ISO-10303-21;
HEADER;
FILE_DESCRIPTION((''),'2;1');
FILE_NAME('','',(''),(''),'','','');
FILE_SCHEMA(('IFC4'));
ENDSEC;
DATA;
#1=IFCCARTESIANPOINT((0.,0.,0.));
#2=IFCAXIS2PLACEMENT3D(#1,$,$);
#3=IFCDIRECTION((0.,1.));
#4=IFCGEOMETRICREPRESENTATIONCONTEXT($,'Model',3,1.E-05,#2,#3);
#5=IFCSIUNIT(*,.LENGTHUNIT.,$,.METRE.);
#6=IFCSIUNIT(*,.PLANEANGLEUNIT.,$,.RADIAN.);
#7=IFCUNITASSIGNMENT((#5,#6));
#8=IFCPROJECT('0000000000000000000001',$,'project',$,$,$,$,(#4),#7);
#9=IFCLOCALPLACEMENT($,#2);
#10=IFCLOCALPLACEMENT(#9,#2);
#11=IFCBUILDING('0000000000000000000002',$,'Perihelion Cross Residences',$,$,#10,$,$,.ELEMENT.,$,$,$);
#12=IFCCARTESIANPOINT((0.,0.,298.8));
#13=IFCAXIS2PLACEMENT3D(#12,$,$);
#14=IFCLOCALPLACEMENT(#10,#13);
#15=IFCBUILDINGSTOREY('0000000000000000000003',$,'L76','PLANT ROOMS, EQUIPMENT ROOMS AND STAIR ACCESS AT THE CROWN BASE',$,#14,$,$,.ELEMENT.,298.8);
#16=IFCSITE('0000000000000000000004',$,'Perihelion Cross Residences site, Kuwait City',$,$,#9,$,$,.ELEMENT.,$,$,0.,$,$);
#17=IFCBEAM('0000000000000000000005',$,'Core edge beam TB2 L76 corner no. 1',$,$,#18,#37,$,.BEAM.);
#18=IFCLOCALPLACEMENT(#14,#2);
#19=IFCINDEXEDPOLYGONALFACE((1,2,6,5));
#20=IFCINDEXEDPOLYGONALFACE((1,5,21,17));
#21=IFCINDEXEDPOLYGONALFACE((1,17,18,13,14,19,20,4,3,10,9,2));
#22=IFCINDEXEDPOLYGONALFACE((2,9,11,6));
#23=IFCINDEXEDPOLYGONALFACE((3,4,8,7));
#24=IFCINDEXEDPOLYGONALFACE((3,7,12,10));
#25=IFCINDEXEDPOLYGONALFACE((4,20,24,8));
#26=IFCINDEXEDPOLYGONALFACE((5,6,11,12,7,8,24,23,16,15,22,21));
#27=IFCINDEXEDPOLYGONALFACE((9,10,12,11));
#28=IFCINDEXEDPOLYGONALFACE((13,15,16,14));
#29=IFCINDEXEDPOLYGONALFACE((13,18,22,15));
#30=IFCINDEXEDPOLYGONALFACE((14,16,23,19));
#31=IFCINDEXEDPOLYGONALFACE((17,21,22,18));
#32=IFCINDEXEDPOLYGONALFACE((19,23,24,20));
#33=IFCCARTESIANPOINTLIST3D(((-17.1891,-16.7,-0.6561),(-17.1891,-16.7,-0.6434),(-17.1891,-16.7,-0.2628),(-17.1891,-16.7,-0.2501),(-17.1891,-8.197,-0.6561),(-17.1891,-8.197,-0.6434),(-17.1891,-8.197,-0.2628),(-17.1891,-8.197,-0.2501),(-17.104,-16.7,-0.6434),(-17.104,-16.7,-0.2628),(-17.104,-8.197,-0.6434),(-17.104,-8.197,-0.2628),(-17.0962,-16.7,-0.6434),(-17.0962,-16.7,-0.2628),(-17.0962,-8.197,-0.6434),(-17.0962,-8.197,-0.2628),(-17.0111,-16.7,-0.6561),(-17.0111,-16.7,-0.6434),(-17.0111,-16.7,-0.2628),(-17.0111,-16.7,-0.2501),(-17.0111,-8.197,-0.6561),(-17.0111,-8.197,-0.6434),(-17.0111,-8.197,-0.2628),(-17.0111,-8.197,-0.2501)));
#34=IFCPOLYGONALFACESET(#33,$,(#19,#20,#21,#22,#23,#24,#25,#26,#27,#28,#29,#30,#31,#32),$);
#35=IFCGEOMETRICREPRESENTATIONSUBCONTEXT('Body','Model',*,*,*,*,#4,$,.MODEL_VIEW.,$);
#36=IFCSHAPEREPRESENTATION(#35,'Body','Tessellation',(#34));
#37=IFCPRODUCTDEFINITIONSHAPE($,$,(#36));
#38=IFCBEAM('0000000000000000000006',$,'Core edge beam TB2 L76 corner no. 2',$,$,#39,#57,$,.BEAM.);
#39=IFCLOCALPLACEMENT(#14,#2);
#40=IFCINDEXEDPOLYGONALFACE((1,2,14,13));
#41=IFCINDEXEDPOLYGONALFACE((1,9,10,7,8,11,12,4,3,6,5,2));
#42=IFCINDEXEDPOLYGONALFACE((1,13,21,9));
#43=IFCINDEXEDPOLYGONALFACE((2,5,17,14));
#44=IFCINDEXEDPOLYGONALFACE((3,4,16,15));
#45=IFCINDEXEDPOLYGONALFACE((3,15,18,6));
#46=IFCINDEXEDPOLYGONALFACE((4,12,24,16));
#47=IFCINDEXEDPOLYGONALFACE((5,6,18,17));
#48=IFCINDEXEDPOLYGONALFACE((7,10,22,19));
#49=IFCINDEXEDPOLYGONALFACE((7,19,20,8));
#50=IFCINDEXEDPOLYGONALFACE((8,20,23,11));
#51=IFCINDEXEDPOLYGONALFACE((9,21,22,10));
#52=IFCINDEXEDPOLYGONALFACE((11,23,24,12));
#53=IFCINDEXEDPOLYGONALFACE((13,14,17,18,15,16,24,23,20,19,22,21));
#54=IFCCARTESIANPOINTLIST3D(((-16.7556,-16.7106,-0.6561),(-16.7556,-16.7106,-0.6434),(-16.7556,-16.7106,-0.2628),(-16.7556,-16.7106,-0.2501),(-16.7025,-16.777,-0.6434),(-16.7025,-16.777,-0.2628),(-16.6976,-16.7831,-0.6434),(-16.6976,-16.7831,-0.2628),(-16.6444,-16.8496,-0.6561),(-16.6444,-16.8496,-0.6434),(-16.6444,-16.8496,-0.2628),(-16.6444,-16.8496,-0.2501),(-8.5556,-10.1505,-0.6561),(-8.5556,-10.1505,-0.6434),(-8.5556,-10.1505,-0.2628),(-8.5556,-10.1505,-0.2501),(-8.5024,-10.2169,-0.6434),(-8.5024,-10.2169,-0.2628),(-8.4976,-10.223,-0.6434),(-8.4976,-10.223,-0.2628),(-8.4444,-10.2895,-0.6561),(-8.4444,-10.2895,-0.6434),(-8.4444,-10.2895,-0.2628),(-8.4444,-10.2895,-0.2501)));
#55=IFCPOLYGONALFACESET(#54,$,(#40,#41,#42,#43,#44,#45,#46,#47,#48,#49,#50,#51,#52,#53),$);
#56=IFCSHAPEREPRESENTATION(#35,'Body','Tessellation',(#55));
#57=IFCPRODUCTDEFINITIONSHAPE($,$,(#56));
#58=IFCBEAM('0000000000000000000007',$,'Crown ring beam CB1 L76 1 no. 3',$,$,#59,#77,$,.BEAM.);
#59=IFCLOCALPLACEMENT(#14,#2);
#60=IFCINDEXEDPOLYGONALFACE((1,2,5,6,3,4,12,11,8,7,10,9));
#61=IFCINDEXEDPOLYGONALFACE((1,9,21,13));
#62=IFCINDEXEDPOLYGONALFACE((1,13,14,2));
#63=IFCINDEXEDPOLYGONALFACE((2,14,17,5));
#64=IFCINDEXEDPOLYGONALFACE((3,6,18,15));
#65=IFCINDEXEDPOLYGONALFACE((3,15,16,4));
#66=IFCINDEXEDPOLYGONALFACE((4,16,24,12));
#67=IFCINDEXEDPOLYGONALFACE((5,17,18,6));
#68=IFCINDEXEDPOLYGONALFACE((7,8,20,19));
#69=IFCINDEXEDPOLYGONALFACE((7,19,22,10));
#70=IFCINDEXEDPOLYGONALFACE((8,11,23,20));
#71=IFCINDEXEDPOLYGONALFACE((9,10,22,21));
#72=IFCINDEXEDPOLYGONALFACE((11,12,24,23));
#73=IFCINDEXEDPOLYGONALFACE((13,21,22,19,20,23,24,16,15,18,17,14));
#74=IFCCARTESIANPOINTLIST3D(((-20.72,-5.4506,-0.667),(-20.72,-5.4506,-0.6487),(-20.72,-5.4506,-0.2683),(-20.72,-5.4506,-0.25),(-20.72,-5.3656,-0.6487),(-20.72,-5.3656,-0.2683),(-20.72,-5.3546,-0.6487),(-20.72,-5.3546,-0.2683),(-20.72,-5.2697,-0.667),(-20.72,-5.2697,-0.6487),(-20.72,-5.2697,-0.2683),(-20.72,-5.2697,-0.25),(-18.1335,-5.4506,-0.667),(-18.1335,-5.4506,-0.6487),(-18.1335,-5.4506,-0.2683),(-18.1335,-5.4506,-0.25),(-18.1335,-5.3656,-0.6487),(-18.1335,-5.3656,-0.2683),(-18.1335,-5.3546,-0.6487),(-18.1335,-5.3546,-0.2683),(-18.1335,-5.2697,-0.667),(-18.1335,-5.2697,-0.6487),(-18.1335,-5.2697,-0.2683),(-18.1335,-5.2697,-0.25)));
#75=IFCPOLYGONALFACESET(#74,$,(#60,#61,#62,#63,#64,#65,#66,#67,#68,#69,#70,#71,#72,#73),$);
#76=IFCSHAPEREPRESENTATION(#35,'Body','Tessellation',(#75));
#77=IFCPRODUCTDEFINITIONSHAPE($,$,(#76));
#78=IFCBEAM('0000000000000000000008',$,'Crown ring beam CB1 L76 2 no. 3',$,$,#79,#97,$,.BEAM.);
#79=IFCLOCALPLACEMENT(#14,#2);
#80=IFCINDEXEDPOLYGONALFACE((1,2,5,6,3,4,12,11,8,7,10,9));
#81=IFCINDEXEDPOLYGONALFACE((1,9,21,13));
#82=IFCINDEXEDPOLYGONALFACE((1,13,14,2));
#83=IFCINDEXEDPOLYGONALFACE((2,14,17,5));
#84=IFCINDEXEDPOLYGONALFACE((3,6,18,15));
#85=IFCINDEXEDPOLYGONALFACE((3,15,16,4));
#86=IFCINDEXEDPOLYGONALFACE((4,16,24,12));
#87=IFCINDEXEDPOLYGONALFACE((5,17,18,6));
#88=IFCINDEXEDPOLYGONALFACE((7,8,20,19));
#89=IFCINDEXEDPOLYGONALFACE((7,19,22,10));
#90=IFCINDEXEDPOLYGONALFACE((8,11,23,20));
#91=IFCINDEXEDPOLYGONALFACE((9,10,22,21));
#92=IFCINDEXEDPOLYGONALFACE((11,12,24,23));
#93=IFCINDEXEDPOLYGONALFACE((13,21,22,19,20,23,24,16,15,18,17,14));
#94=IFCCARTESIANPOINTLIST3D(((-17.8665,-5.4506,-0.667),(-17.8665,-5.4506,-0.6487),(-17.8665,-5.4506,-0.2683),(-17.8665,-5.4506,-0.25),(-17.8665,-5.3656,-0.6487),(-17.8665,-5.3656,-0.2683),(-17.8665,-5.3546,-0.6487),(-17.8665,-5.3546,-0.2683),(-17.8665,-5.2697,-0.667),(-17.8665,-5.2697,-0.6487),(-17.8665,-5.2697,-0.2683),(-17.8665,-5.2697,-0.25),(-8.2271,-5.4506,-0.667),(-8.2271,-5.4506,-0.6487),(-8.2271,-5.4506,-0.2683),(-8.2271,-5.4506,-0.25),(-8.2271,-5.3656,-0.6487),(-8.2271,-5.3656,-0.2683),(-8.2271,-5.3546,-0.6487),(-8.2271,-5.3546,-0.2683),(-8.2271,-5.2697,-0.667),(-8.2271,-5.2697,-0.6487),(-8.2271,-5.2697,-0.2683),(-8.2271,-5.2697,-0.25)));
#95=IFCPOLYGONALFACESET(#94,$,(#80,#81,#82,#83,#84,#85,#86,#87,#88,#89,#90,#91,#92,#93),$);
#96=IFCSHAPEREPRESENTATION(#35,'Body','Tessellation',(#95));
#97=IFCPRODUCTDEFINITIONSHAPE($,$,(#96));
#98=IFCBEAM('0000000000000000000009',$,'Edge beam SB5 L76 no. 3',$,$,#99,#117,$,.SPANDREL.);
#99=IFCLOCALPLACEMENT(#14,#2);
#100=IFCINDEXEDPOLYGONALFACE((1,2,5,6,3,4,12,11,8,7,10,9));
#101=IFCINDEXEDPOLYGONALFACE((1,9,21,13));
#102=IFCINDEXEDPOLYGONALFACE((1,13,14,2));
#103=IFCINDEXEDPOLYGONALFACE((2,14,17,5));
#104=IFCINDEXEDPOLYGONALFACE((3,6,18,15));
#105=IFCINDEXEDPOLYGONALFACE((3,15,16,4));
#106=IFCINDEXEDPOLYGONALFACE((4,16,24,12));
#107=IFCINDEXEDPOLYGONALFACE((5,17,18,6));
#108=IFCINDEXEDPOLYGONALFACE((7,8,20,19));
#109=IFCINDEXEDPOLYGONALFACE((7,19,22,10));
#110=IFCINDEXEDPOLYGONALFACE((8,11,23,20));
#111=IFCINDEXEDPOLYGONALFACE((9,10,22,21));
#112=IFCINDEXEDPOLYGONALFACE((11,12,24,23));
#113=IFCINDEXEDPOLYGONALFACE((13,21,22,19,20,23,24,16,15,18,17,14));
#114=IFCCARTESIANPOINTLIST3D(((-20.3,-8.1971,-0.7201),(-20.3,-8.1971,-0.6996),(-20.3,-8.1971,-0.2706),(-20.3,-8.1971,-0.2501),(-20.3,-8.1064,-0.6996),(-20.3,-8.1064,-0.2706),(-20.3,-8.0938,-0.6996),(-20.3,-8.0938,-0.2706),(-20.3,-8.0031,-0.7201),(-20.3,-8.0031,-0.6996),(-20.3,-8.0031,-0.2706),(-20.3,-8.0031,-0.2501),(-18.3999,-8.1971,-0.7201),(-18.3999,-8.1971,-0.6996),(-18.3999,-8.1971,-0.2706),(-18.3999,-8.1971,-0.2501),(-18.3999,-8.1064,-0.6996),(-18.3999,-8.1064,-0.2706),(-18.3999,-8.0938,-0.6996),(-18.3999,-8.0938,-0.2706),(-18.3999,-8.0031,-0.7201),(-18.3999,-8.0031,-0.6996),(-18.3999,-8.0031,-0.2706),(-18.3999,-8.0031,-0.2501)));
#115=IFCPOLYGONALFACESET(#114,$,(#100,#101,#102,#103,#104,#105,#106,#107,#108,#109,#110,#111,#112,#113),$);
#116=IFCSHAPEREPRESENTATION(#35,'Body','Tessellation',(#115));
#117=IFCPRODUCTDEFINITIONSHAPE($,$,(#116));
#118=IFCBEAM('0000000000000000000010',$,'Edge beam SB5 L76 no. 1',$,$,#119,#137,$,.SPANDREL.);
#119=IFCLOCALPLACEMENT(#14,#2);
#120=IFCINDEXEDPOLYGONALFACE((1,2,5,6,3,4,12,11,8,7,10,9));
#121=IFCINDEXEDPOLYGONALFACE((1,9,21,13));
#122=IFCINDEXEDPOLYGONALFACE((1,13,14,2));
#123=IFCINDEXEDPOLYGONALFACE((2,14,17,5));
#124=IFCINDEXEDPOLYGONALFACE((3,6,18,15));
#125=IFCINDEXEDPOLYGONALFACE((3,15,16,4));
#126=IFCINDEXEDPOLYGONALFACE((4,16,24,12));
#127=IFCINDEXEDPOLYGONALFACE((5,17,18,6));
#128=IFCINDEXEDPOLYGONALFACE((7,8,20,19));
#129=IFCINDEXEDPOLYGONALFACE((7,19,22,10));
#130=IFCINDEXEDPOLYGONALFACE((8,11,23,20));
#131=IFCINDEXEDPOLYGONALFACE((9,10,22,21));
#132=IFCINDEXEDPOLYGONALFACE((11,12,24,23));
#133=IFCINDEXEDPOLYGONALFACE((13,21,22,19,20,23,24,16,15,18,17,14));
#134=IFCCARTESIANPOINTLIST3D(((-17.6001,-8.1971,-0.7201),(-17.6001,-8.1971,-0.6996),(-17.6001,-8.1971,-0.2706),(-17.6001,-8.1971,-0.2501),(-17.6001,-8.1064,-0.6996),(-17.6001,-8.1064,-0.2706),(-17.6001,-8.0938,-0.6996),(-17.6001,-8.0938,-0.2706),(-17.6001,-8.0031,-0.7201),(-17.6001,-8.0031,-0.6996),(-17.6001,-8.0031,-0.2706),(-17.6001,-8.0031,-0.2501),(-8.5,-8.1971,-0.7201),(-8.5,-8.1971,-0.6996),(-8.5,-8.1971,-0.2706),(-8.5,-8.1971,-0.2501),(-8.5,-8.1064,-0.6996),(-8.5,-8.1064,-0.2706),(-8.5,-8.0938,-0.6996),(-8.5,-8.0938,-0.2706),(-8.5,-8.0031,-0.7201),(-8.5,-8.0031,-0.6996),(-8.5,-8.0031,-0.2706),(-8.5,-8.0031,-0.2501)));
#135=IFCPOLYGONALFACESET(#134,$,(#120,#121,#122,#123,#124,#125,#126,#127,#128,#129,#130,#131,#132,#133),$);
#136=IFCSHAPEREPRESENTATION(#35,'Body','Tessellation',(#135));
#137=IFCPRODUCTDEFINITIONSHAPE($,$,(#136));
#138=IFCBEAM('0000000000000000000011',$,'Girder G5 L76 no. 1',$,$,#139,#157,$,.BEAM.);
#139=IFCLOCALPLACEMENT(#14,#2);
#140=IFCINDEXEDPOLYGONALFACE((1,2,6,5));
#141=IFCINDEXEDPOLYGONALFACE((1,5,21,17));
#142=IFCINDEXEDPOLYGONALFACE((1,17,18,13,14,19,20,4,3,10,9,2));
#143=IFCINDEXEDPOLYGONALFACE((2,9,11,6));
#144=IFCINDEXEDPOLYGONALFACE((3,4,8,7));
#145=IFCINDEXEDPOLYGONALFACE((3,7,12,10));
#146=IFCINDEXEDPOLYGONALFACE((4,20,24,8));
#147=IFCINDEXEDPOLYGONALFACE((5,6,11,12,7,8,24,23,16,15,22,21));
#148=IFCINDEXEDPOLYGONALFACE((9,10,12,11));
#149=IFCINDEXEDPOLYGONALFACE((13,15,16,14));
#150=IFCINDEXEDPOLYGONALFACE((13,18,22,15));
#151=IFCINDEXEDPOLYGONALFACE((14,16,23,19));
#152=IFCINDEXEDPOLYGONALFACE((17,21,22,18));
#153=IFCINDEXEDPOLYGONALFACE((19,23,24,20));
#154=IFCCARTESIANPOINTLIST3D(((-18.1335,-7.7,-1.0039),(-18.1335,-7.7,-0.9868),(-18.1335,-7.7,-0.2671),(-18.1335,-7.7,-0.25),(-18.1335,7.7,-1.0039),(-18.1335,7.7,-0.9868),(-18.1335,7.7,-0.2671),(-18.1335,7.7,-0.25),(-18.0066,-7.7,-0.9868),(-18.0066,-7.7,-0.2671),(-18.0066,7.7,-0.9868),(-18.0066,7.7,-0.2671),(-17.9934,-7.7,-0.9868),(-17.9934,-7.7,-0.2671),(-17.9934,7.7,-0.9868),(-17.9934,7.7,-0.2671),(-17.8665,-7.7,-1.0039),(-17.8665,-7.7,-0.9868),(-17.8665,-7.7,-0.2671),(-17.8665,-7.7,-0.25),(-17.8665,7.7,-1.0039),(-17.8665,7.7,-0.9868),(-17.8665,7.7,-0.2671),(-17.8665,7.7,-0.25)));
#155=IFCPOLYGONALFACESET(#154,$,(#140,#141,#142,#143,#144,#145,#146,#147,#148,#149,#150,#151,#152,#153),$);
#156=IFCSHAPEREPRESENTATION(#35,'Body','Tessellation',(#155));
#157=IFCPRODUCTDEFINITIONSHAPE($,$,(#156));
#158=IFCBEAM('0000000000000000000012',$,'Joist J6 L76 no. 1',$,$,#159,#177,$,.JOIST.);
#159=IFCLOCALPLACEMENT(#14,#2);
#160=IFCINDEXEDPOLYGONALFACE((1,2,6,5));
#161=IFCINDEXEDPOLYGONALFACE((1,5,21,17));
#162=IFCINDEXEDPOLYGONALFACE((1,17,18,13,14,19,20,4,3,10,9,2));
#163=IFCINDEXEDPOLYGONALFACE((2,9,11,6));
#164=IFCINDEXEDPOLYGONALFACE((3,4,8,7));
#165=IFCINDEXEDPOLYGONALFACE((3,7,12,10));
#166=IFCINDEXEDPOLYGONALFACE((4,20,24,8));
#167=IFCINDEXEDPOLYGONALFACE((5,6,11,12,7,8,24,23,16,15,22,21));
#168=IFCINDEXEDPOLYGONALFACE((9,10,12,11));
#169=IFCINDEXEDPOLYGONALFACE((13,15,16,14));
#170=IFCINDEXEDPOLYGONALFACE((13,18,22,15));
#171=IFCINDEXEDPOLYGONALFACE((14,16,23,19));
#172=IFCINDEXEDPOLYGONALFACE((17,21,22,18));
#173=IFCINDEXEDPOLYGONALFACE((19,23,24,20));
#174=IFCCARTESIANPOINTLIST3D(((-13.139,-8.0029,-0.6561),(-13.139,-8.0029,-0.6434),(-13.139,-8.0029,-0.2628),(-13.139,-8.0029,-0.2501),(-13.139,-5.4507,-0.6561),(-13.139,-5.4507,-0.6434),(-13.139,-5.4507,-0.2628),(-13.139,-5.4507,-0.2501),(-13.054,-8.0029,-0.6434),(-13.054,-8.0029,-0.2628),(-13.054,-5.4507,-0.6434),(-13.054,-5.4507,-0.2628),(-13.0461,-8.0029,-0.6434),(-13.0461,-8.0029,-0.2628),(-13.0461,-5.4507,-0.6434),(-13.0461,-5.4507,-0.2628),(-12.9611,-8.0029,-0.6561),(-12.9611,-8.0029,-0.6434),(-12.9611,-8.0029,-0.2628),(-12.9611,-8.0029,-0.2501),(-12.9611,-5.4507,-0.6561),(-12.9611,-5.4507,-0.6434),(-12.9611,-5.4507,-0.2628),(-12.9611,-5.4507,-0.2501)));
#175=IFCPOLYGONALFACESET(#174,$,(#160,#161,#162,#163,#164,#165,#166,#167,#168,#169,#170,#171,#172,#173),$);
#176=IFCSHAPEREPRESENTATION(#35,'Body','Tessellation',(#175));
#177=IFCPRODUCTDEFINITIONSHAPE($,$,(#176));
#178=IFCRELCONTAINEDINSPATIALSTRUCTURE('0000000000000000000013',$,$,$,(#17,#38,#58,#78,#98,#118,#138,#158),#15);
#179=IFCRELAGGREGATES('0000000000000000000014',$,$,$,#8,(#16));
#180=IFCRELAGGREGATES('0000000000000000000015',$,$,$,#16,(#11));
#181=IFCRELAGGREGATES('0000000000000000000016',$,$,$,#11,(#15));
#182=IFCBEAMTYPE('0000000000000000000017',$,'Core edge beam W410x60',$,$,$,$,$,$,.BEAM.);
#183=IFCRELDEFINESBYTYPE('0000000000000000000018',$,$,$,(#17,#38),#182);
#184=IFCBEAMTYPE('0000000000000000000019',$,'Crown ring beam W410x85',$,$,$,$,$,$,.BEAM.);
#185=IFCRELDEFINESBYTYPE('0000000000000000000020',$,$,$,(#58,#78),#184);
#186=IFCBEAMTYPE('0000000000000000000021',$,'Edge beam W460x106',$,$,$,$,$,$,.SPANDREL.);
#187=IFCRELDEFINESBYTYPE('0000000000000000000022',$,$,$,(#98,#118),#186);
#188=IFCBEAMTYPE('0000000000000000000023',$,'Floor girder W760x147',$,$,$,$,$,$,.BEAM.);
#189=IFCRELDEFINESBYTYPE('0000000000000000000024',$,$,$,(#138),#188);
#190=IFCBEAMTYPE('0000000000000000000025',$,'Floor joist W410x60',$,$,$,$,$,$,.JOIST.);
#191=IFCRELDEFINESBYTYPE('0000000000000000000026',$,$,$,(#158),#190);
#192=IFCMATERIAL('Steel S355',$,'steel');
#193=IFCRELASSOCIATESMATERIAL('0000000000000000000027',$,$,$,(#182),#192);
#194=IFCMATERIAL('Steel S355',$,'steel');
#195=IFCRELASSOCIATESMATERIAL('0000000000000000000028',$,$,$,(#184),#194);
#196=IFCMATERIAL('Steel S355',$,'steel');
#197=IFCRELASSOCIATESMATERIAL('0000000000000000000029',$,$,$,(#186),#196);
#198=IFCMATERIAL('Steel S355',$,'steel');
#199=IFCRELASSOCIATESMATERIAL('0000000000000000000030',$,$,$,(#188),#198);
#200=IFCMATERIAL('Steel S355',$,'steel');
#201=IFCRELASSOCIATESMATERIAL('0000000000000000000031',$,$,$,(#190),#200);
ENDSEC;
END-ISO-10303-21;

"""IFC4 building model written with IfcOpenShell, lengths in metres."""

from ifc_helpers import new_model, si_unit, direction, frame, origin, origin_2d, place, context, subcontext, project, spatial, i_section, extrude, material, material_profile, profile_set, type_object, element, save


model = new_model("IFC4")

# Units and contexts
model_context = context("Model", 3, precision=1e-05, world=origin(), true_north=direction((0.0, 1.0)))
body_context = subcontext(model_context, "Body", "Model", "MODEL_VIEW")
ifc_project = project(units=[si_unit("LENGTHUNIT", "METRE"), si_unit("PLANEANGLEUNIT", "RADIAN")], contexts=[model_context])

# Site, building, storey
site_placement = place(None, origin())
site = spatial("IfcSite", under=ifc_project, at=site_placement, Name="Perihelion Cross Residences site, Kuwait City", CompositionType="ELEMENT", RefElevation=0.0)
building_placement = place(site_placement, origin())
building = spatial("IfcBuilding", under=site, at=building_placement, Name="Perihelion Cross Residences", CompositionType="ELEMENT")
storey_placement = place(building_placement, frame((0.0, 0.0, 298.8)))
storey = spatial("IfcBuildingStorey", under=building, at=storey_placement, Name="L76", Description="PLANT ROOMS, EQUIPMENT ROOMS AND STAIR ACCESS AT THE CROWN BASE", CompositionType="ELEMENT", Elevation=298.8)

# Beams
ifc_material_1 = material(Name="Steel S355", Category="steel")
ifc_material_profile_1 = material_profile(ifc_material_1, i_section(OverallWidth=0.178, OverallDepth=0.406, WebThickness=0.0078, FlangeThickness=0.0127, at=origin_2d()), Name="W410x60")
ifc_profile_set_1 = profile_set([ifc_material_profile_1], Name="Steel S355")
beam_type_1 = type_object("IfcBeamType", Name="Core edge beam W410x60", PredefinedType="BEAM", material=ifc_profile_set_1)
beam_1_placement = place(storey_placement, frame((-17.1001, -8.197, -0.4531), z_axis=(0.0, -1.0, 0.0), x_axis=(1.0, 0.0, 0.0)))
element("IfcBeam", 1, at=beam_1_placement, inside=storey, type_object=beam_type_1, Name="Core edge beam TB2 L76 corner no. 1", PredefinedType="BEAM", context=body_context, shape_type="SweptSolid", body=[
    extrude(i_section(OverallWidth=0.178, OverallDepth=0.406, WebThickness=0.0078, FlangeThickness=0.0127, at=origin_2d()), origin(), (0.0, 0.0, 1.0), 8.5029),
])
beam_2_placement = place(storey_placement, frame((-8.5, -10.22, -0.4531), z_axis=(-0.780864, -0.624701, 0.0), x_axis=(0.624701, -0.780864, 0.0)))
element("IfcBeam", 2, at=beam_2_placement, inside=storey, type_object=beam_type_1, Name="Core edge beam TB2 L76 corner no. 2", PredefinedType="BEAM", context=body_context, shape_type="SweptSolid", body=[
    extrude(i_section(OverallWidth=0.178, OverallDepth=0.406, WebThickness=0.0078, FlangeThickness=0.0127, at=origin_2d()), origin(), (0.0, 0.0, 1.0), 10.5012),
])
ifc_material_2 = material(Name="Steel S355", Category="steel")
ifc_material_profile_2 = material_profile(ifc_material_2, i_section(OverallWidth=0.1809, OverallDepth=0.417, WebThickness=0.011, FlangeThickness=0.0183, at=origin_2d()), Name="W410x85")
ifc_profile_set_2 = profile_set([ifc_material_profile_2], Name="Steel S355")
beam_type_2 = type_object("IfcBeamType", Name="Crown ring beam W410x85", PredefinedType="BEAM", material=ifc_profile_set_2)
beam_3_placement = place(storey_placement, frame((-20.72, -5.3601, -0.4585), z_axis=(1.0, 0.0, 0.0), x_axis=(0.0, 1.0, 0.0)))
element("IfcBeam", 3, at=beam_3_placement, inside=storey, type_object=beam_type_2, Name="Crown ring beam CB1 L76 1 no. 3", PredefinedType="BEAM", context=body_context, shape_type="SweptSolid", body=[
    extrude(i_section(OverallWidth=0.1809, OverallDepth=0.417, WebThickness=0.011, FlangeThickness=0.0183, at=origin_2d()), origin(), (0.0, 0.0, 1.0), 2.5864),
])
beam_4_placement = place(storey_placement, frame((-17.8665, -5.3601, -0.4585), z_axis=(1.0, 0.0, 0.0), x_axis=(0.0, 1.0, 0.0)))
element("IfcBeam", 4, at=beam_4_placement, inside=storey, type_object=beam_type_2, Name="Crown ring beam CB1 L76 2 no. 3", PredefinedType="BEAM", context=body_context, shape_type="SweptSolid", body=[
    extrude(i_section(OverallWidth=0.1809, OverallDepth=0.417, WebThickness=0.011, FlangeThickness=0.0183, at=origin_2d()), origin(), (0.0, 0.0, 1.0), 9.6394),
])
ifc_material_3 = material(Name="Steel S355", Category="steel")
ifc_material_profile_3 = material_profile(ifc_material_3, i_section(OverallWidth=0.1941, OverallDepth=0.47, WebThickness=0.0127, FlangeThickness=0.0205, at=origin_2d()), Name="W460x106")
ifc_profile_set_3 = profile_set([ifc_material_profile_3], Name="Steel S355")
beam_type_3 = type_object("IfcBeamType", Name="Edge beam W460x106", PredefinedType="SPANDREL", material=ifc_profile_set_3)
beam_5_placement = place(storey_placement, frame((-20.3, -8.1001, -0.4851), z_axis=(1.0, 0.0, 0.0), x_axis=(0.0, 1.0, 0.0)))
element("IfcBeam", 5, at=beam_5_placement, inside=storey, type_object=beam_type_3, Name="Edge beam SB5 L76 no. 3", PredefinedType="SPANDREL", context=body_context, shape_type="SweptSolid", body=[
    extrude(i_section(OverallWidth=0.1941, OverallDepth=0.47, WebThickness=0.0127, FlangeThickness=0.0205, at=origin_2d()), origin(), (0.0, 0.0, 1.0), 1.9001),
])
beam_6_placement = place(storey_placement, frame((-17.6001, -8.1001, -0.4851), z_axis=(1.0, 0.0, 0.0), x_axis=(0.0, 1.0, 0.0)))
element("IfcBeam", 6, at=beam_6_placement, inside=storey, type_object=beam_type_3, Name="Edge beam SB5 L76 no. 1", PredefinedType="SPANDREL", context=body_context, shape_type="SweptSolid", body=[
    extrude(i_section(OverallWidth=0.1941, OverallDepth=0.47, WebThickness=0.0127, FlangeThickness=0.0205, at=origin_2d()), origin(), (0.0, 0.0, 1.0), 9.1001),
])
ifc_material_4 = material(Name="Steel S355", Category="steel")
ifc_material_profile_4 = material_profile(ifc_material_4, i_section(OverallWidth=0.2671, OverallDepth=0.7539, WebThickness=0.0132, FlangeThickness=0.0171, at=origin_2d()), Name="W760x147")
ifc_profile_set_4 = profile_set([ifc_material_profile_4], Name="Steel S355")
beam_type_4 = type_object("IfcBeamType", Name="Floor girder W760x147", PredefinedType="BEAM", material=ifc_profile_set_4)
beam_7_placement = place(storey_placement, frame((-18.0, -7.7, -0.627), z_axis=(0.0, 1.0, 0.0), x_axis=(-1.0, 0.0, 0.0)))
element("IfcBeam", 7, at=beam_7_placement, inside=storey, type_object=beam_type_4, Name="Girder G5 L76 no. 1", PredefinedType="BEAM", context=body_context, shape_type="SweptSolid", body=[
    extrude(i_section(OverallWidth=0.2671, OverallDepth=0.7539, WebThickness=0.0132, FlangeThickness=0.0171, at=origin_2d()), origin(), (0.0, 0.0, 1.0), 15.3999),
])
ifc_material_5 = material(Name="Steel S355", Category="steel")
ifc_material_profile_5 = material_profile(ifc_material_5, i_section(OverallWidth=0.178, OverallDepth=0.406, WebThickness=0.0078, FlangeThickness=0.0127, at=origin_2d()), Name="W410x60")
ifc_profile_set_5 = profile_set([ifc_material_profile_5], Name="Steel S355")
beam_type_5 = type_object("IfcBeamType", Name="Floor joist W410x60", PredefinedType="JOIST", material=ifc_profile_set_5)
beam_8_placement = place(storey_placement, frame((-13.05, -8.0029, -0.4531), z_axis=(0.0, 1.0, 0.0), x_axis=(-1.0, 0.0, 0.0)))
element("IfcBeam", 8, at=beam_8_placement, inside=storey, type_object=beam_type_5, Name="Joist J6 L76 no. 1", PredefinedType="JOIST", context=body_context, shape_type="SweptSolid", body=[
    extrude(i_section(OverallWidth=0.178, OverallDepth=0.406, WebThickness=0.0078, FlangeThickness=0.0127, at=origin_2d()), origin(), (0.0, 0.0, 1.0), 2.5522),
])

save(model, "model.ifc")
